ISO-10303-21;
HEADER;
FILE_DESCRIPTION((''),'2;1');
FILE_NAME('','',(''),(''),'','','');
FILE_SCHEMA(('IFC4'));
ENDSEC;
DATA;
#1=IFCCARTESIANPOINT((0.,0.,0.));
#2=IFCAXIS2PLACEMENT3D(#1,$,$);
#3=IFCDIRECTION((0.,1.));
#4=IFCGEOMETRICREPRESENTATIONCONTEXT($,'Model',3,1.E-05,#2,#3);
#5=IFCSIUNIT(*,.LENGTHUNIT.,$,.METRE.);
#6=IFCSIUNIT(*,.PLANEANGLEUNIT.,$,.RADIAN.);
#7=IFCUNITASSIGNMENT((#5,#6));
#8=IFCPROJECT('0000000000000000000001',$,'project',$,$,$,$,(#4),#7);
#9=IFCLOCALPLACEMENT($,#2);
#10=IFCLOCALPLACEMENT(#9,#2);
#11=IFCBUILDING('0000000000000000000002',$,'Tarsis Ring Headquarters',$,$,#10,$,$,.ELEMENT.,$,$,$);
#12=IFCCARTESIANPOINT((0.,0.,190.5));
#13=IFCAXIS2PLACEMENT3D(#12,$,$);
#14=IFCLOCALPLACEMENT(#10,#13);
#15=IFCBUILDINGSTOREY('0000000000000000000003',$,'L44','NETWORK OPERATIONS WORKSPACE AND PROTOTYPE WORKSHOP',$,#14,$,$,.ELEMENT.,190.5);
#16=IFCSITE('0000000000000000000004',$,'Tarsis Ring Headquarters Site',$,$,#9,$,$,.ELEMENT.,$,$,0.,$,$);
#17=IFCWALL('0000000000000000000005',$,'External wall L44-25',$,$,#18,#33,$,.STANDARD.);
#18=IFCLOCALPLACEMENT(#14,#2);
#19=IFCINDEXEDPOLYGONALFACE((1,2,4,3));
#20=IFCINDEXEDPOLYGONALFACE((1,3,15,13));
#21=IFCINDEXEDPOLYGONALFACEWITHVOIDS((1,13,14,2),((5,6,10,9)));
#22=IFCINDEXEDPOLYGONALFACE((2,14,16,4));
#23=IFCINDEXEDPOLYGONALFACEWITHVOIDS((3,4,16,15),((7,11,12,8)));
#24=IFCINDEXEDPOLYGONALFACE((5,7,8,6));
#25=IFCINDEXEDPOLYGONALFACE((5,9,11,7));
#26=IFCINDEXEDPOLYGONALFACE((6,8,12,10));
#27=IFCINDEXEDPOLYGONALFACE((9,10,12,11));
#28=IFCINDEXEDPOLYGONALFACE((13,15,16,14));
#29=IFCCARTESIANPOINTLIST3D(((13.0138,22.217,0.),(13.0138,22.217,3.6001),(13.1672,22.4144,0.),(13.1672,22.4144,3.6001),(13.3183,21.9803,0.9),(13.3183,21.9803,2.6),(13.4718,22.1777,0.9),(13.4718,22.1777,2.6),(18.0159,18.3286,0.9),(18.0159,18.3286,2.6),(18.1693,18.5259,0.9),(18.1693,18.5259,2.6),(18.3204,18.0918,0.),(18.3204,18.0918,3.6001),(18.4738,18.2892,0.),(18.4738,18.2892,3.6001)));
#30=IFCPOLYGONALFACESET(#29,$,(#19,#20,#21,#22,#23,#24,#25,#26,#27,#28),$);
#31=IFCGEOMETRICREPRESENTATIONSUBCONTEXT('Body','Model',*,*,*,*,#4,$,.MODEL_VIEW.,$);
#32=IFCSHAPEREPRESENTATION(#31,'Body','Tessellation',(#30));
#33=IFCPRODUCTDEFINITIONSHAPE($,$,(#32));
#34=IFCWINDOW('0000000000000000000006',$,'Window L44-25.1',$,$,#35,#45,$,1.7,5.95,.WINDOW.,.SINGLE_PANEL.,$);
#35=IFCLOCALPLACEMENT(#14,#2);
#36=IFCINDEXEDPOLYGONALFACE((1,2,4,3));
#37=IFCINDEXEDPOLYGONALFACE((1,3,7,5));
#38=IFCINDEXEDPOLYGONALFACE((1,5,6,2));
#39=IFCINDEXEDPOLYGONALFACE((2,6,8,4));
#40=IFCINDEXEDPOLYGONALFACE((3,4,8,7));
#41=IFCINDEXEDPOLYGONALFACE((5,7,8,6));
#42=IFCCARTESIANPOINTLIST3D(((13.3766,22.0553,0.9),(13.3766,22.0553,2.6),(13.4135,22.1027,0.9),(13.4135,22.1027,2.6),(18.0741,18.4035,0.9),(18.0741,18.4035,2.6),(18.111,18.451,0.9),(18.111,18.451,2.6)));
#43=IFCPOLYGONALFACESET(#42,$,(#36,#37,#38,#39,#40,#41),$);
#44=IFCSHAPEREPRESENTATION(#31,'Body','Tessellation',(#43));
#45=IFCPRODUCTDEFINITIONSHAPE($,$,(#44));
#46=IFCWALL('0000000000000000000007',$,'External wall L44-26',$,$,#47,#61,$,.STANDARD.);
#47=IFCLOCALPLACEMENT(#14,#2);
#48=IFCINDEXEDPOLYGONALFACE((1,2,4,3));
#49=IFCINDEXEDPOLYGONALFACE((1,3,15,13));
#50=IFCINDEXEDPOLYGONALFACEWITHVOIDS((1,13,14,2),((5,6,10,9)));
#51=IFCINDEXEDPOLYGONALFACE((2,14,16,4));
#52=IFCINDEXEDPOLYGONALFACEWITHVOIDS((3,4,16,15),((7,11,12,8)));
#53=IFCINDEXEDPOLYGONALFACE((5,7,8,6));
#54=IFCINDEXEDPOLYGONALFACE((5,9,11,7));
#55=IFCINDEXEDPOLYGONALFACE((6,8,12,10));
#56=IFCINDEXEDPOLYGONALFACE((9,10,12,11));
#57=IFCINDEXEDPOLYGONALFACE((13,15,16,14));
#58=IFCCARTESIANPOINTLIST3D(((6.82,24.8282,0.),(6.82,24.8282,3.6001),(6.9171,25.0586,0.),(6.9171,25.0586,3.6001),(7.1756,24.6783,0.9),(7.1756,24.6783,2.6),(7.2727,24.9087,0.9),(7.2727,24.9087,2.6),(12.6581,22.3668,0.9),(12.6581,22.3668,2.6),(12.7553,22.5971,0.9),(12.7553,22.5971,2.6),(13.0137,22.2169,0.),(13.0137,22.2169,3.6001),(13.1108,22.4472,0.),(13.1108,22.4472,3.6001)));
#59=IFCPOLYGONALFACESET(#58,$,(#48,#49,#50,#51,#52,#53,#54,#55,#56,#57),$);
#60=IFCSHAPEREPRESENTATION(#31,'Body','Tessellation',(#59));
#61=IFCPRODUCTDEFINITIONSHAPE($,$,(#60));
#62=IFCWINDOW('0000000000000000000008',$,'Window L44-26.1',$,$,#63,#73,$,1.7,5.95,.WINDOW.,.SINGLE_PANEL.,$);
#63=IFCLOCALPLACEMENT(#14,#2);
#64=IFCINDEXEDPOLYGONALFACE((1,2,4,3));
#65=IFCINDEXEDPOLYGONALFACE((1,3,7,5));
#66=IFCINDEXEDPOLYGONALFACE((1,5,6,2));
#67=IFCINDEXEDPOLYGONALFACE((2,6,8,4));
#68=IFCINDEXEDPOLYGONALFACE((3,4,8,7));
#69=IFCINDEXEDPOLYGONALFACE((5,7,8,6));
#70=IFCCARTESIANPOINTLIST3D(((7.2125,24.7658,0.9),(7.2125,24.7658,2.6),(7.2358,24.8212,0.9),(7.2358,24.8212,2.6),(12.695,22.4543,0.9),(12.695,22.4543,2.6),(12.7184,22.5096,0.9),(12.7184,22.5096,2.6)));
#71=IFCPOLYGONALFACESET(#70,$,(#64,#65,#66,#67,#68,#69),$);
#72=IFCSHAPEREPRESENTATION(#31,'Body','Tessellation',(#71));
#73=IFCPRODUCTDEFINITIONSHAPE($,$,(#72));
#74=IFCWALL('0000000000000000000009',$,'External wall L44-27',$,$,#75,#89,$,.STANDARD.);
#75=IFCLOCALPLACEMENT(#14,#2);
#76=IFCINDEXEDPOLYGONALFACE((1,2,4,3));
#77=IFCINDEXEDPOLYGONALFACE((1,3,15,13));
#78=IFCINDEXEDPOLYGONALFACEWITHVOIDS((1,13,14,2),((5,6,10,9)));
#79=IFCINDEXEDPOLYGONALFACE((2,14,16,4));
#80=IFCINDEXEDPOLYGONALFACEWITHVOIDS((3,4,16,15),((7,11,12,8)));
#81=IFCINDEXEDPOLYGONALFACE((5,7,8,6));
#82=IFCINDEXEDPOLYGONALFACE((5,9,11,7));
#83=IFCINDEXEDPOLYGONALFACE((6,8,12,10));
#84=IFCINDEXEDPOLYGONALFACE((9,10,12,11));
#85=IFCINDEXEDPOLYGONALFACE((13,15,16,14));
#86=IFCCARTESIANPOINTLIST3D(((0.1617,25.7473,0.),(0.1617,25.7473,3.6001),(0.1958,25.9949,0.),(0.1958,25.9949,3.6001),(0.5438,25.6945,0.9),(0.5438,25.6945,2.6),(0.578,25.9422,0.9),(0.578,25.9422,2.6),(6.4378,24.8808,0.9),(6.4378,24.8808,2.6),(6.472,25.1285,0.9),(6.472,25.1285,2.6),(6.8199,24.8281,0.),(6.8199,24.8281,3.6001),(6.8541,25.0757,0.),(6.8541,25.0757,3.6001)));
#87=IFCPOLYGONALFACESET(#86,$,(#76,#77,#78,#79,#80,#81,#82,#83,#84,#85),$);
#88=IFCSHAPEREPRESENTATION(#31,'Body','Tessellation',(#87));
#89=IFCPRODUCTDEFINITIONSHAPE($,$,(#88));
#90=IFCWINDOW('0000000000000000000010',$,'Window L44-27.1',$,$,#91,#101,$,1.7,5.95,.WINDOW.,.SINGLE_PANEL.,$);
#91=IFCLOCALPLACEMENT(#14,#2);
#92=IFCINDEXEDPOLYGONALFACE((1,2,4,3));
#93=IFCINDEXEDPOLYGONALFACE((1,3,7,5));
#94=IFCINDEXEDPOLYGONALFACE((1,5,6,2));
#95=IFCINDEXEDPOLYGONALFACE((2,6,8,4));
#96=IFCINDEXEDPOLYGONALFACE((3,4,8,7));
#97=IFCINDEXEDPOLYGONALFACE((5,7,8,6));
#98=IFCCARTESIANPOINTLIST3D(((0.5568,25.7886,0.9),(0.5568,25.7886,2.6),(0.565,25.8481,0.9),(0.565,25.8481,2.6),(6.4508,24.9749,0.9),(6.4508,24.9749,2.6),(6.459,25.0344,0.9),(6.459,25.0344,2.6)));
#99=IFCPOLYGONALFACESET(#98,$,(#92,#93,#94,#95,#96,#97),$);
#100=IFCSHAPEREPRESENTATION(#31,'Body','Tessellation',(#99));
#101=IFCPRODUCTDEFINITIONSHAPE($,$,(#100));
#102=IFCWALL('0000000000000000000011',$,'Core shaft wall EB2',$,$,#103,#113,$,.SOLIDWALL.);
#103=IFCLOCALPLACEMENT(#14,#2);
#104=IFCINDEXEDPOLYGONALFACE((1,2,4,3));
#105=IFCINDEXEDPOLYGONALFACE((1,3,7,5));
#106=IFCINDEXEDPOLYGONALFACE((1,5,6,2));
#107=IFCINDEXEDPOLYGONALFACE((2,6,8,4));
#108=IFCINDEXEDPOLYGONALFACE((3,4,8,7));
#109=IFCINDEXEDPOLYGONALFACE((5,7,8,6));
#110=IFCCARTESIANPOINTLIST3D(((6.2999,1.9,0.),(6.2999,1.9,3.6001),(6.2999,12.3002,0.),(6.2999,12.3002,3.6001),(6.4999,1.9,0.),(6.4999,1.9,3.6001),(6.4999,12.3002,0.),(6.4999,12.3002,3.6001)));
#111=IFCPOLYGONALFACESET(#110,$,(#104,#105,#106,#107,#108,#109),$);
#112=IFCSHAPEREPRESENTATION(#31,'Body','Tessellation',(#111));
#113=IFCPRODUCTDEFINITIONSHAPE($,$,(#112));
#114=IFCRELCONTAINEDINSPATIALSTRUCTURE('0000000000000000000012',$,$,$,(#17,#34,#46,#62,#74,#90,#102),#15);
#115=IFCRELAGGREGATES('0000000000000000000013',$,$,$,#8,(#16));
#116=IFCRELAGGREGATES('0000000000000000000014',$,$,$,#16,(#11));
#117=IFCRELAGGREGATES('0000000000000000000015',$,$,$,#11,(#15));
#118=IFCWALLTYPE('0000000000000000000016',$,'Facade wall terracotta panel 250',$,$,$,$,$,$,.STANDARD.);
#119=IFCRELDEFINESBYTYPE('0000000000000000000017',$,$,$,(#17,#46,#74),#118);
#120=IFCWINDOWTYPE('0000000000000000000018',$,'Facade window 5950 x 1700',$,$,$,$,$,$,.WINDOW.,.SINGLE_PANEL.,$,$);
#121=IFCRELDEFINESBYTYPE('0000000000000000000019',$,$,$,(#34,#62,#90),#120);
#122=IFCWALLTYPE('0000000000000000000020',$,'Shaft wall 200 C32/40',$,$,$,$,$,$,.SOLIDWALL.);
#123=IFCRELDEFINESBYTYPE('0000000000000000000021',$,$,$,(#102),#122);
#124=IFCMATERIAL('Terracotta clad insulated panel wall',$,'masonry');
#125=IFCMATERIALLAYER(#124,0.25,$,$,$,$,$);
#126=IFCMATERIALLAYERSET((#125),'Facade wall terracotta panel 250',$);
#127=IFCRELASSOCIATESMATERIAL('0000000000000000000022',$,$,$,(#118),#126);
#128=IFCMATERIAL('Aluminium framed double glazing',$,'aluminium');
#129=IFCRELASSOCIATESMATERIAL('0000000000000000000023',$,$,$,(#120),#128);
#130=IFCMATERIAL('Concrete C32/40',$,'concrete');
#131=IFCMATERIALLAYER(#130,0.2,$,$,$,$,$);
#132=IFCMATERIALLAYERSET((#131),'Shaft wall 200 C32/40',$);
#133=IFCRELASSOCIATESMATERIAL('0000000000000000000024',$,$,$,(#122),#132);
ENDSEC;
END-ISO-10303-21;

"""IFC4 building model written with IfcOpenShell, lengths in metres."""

from ifc_helpers import new_model, si_unit, direction, frame, frame_2d, origin, place, context, subcontext, project, spatial, rectangle, extrude, material, layer, layer_set, type_object, element, fill, save


model = new_model("IFC4")

# Units and contexts
model_context = context("Model", 3, precision=1e-05, world=origin(), true_north=direction((0.0, 1.0)))
body_context = subcontext(model_context, "Body", "Model", "MODEL_VIEW")
ifc_project = project(units=[si_unit("LENGTHUNIT", "METRE"), si_unit("PLANEANGLEUNIT", "RADIAN")], contexts=[model_context])

# Site, building, storey
site_placement = place(None, origin())
site = spatial("IfcSite", under=ifc_project, at=site_placement, Name="Tarsis Ring Headquarters Site", CompositionType="ELEMENT", RefElevation=0.0)
building_placement = place(site_placement, origin())
building = spatial("IfcBuilding", under=site, at=building_placement, Name="Tarsis Ring Headquarters", CompositionType="ELEMENT")
storey_placement = place(building_placement, frame((0.0, 0.0, 190.5)))
storey = spatial("IfcBuildingStorey", under=building, at=storey_placement, Name="L44", Description="NETWORK OPERATIONS WORKSPACE AND PROTOTYPE WORKSHOP", CompositionType="ELEMENT", Elevation=190.5)

# Walls, openings, windows
ifc_material_1 = material(Name="Terracotta clad insulated panel wall", Category="masonry")
ifc_layer_1 = layer(ifc_material_1, 0.25)
ifc_layer_set_1 = layer_set([ifc_layer_1], Name="Facade wall terracotta panel 250")
wall_type_1 = type_object("IfcWallType", Name="Facade wall terracotta panel 250", PredefinedType="STANDARD", material=ifc_layer_set_1)
ifc_material_2 = material(Name="Aluminium framed double glazing", Category="aluminium")
window_type = type_object("IfcWindowType", Name="Facade window 5950 x 1700", PartitioningType="SINGLE_PANEL", PredefinedType="WINDOW", material=ifc_material_2)
wall_1_placement = place(storey_placement, frame((18.3972, 18.1904, 0.0), z_axis=(0.0, 0.0, 1.0), x_axis=(-0.789507, 0.613742, 0.0)))
wall_1 = element("IfcWall", 1, at=wall_1_placement, inside=storey, type_object=wall_type_1, Name="External wall L44-25", PredefinedType="STANDARD", context=body_context, shape_type="SweptSolid", body=[
    extrude(rectangle(XDim=6.7214, YDim=0.25, at=frame_2d((3.3608, 0.0))), origin(), (0.0, 0.0, 1.0), 3.6001),
])
opening_1_placement = place(wall_1_placement, frame((0.3857, 0.0, 0.8999)))
opening_1 = element("IfcOpeningElement", 2, at=opening_1_placement, cuts=wall_1, PredefinedType="OPENING", context=body_context, shape_type="SweptSolid", body=[
    extrude(rectangle(XDim=5.95, YDim=1.7, at=frame_2d((2.9751, 0.8501))), frame((0.0, 0.135, 0.0), z_axis=(0.0, -1.0, 0.0), x_axis=(1.0, 0.0, 0.0)), (0.0, 0.0, 1.0), 0.27),
])
window_1_placement = place(opening_1_placement, origin())
window_1 = element("IfcWindow", 3, at=window_1_placement, inside=storey, type_object=window_type, Name="Window L44-25.1", OverallHeight=1.7, OverallWidth=5.95, PartitioningType="SINGLE_PANEL", PredefinedType="WINDOW", context=body_context, shape_type="SweptSolid", body=[
    extrude(rectangle(XDim=5.95, YDim=1.7, at=frame_2d((2.9751, 0.8501))), frame((0.0, 0.03, 0.0), z_axis=(0.0, -1.0, 0.0), x_axis=(1.0, 0.0, 0.0)), (0.0, 0.0, 1.0), 0.0601),
])
fill(opening_1, window_1)
wall_2_placement = place(storey_placement, frame((13.0623, 22.332, 0.0), z_axis=(0.0, 0.0, 1.0), x_axis=(-0.921449, 0.388499, 0.0)))
wall_2 = element("IfcWall", 4, at=wall_2_placement, inside=storey, type_object=wall_type_1, Name="External wall L44-26", PredefinedType="STANDARD", context=body_context, shape_type="SweptSolid", body=[
    extrude(rectangle(XDim=6.7217, YDim=0.25, at=frame_2d((3.3608, 0.0))), origin(), (0.0, 0.0, 1.0), 3.6001),
])
opening_2_placement = place(wall_2_placement, frame((0.3857, 0.0, 0.8999)))
opening_2 = element("IfcOpeningElement", 5, at=opening_2_placement, cuts=wall_2, PredefinedType="OPENING", context=body_context, shape_type="SweptSolid", body=[
    extrude(rectangle(XDim=5.95, YDim=1.7, at=frame_2d((2.9751, 0.8501))), frame((0.0, 0.135, 0.0), z_axis=(0.0, -1.0, 0.0), x_axis=(1.0, 0.0, 0.0)), (0.0, 0.0, 1.0), 0.27),
])
window_2_placement = place(opening_2_placement, origin())
window_2 = element("IfcWindow", 6, at=window_2_placement, inside=storey, type_object=window_type, Name="Window L44-26.1", OverallHeight=1.7, OverallWidth=5.95, PartitioningType="SINGLE_PANEL", PredefinedType="WINDOW", context=body_context, shape_type="SweptSolid", body=[
    extrude(rectangle(XDim=5.95, YDim=1.7, at=frame_2d((2.9751, 0.8501))), frame((0.0, 0.03, 0.0), z_axis=(0.0, -1.0, 0.0), x_axis=(1.0, 0.0, 0.0)), (0.0, 0.0, 1.0), 0.0601),
])
fill(opening_2, window_2)
wall_3_placement = place(storey_placement, frame((6.8372, 24.9519, 0.0), z_axis=(0.0, 0.0, 1.0), x_axis=(-0.990605, 0.136757, 0.0)))
wall_3 = element("IfcWall", 7, at=wall_3_placement, inside=storey, type_object=wall_type_1, Name="External wall L44-27", PredefinedType="STANDARD", context=body_context, shape_type="SweptSolid", body=[
    extrude(rectangle(XDim=6.7214, YDim=0.25, at=frame_2d((3.3608, 0.0))), origin(), (0.0, 0.0, 1.0), 3.6001),
])
opening_3_placement = place(wall_3_placement, frame((0.3857, 0.0, 0.8999)))
opening_3 = element("IfcOpeningElement", 8, at=opening_3_placement, cuts=wall_3, PredefinedType="OPENING", context=body_context, shape_type="SweptSolid", body=[
    extrude(rectangle(XDim=5.95, YDim=1.7, at=frame_2d((2.9751, 0.8501))), frame((0.0, 0.135, 0.0), z_axis=(0.0, -1.0, 0.0), x_axis=(1.0, 0.0, 0.0)), (0.0, 0.0, 1.0), 0.27),
])
window_3_placement = place(opening_3_placement, origin())
window_3 = element("IfcWindow", 9, at=window_3_placement, inside=storey, type_object=window_type, Name="Window L44-27.1", OverallHeight=1.7, OverallWidth=5.95, PartitioningType="SINGLE_PANEL", PredefinedType="WINDOW", context=body_context, shape_type="SweptSolid", body=[
    extrude(rectangle(XDim=5.95, YDim=1.7, at=frame_2d((2.9751, 0.8501))), frame((0.0, 0.03, 0.0), z_axis=(0.0, -1.0, 0.0), x_axis=(1.0, 0.0, 0.0)), (0.0, 0.0, 1.0), 0.0601),
])
fill(opening_3, window_3)

# Wall
ifc_material_3 = material(Name="Concrete C32/40", Category="concrete")
ifc_layer_2 = layer(ifc_material_3, 0.2)
ifc_layer_set_2 = layer_set([ifc_layer_2], Name="Shaft wall 200 C32/40")
wall_type_2 = type_object("IfcWallType", Name="Shaft wall 200 C32/40", PredefinedType="SOLIDWALL", material=ifc_layer_set_2)
wall_4_placement = place(storey_placement, frame((6.3999, 1.8999, 0.0), z_axis=(0.0, 0.0, 1.0), x_axis=(0.0, 1.0, 0.0)))
element("IfcWall", 10, at=wall_4_placement, inside=storey, type_object=wall_type_2, Name="Core shaft wall EB2", PredefinedType="SOLIDWALL", context=body_context, shape_type="SweptSolid", body=[
    extrude(rectangle(XDim=10.4001, YDim=0.2, at=frame_2d((5.2002, 0.0))), origin(), (0.0, 0.0, 1.0), 3.6001),
])

save(model, "model.ifc")
